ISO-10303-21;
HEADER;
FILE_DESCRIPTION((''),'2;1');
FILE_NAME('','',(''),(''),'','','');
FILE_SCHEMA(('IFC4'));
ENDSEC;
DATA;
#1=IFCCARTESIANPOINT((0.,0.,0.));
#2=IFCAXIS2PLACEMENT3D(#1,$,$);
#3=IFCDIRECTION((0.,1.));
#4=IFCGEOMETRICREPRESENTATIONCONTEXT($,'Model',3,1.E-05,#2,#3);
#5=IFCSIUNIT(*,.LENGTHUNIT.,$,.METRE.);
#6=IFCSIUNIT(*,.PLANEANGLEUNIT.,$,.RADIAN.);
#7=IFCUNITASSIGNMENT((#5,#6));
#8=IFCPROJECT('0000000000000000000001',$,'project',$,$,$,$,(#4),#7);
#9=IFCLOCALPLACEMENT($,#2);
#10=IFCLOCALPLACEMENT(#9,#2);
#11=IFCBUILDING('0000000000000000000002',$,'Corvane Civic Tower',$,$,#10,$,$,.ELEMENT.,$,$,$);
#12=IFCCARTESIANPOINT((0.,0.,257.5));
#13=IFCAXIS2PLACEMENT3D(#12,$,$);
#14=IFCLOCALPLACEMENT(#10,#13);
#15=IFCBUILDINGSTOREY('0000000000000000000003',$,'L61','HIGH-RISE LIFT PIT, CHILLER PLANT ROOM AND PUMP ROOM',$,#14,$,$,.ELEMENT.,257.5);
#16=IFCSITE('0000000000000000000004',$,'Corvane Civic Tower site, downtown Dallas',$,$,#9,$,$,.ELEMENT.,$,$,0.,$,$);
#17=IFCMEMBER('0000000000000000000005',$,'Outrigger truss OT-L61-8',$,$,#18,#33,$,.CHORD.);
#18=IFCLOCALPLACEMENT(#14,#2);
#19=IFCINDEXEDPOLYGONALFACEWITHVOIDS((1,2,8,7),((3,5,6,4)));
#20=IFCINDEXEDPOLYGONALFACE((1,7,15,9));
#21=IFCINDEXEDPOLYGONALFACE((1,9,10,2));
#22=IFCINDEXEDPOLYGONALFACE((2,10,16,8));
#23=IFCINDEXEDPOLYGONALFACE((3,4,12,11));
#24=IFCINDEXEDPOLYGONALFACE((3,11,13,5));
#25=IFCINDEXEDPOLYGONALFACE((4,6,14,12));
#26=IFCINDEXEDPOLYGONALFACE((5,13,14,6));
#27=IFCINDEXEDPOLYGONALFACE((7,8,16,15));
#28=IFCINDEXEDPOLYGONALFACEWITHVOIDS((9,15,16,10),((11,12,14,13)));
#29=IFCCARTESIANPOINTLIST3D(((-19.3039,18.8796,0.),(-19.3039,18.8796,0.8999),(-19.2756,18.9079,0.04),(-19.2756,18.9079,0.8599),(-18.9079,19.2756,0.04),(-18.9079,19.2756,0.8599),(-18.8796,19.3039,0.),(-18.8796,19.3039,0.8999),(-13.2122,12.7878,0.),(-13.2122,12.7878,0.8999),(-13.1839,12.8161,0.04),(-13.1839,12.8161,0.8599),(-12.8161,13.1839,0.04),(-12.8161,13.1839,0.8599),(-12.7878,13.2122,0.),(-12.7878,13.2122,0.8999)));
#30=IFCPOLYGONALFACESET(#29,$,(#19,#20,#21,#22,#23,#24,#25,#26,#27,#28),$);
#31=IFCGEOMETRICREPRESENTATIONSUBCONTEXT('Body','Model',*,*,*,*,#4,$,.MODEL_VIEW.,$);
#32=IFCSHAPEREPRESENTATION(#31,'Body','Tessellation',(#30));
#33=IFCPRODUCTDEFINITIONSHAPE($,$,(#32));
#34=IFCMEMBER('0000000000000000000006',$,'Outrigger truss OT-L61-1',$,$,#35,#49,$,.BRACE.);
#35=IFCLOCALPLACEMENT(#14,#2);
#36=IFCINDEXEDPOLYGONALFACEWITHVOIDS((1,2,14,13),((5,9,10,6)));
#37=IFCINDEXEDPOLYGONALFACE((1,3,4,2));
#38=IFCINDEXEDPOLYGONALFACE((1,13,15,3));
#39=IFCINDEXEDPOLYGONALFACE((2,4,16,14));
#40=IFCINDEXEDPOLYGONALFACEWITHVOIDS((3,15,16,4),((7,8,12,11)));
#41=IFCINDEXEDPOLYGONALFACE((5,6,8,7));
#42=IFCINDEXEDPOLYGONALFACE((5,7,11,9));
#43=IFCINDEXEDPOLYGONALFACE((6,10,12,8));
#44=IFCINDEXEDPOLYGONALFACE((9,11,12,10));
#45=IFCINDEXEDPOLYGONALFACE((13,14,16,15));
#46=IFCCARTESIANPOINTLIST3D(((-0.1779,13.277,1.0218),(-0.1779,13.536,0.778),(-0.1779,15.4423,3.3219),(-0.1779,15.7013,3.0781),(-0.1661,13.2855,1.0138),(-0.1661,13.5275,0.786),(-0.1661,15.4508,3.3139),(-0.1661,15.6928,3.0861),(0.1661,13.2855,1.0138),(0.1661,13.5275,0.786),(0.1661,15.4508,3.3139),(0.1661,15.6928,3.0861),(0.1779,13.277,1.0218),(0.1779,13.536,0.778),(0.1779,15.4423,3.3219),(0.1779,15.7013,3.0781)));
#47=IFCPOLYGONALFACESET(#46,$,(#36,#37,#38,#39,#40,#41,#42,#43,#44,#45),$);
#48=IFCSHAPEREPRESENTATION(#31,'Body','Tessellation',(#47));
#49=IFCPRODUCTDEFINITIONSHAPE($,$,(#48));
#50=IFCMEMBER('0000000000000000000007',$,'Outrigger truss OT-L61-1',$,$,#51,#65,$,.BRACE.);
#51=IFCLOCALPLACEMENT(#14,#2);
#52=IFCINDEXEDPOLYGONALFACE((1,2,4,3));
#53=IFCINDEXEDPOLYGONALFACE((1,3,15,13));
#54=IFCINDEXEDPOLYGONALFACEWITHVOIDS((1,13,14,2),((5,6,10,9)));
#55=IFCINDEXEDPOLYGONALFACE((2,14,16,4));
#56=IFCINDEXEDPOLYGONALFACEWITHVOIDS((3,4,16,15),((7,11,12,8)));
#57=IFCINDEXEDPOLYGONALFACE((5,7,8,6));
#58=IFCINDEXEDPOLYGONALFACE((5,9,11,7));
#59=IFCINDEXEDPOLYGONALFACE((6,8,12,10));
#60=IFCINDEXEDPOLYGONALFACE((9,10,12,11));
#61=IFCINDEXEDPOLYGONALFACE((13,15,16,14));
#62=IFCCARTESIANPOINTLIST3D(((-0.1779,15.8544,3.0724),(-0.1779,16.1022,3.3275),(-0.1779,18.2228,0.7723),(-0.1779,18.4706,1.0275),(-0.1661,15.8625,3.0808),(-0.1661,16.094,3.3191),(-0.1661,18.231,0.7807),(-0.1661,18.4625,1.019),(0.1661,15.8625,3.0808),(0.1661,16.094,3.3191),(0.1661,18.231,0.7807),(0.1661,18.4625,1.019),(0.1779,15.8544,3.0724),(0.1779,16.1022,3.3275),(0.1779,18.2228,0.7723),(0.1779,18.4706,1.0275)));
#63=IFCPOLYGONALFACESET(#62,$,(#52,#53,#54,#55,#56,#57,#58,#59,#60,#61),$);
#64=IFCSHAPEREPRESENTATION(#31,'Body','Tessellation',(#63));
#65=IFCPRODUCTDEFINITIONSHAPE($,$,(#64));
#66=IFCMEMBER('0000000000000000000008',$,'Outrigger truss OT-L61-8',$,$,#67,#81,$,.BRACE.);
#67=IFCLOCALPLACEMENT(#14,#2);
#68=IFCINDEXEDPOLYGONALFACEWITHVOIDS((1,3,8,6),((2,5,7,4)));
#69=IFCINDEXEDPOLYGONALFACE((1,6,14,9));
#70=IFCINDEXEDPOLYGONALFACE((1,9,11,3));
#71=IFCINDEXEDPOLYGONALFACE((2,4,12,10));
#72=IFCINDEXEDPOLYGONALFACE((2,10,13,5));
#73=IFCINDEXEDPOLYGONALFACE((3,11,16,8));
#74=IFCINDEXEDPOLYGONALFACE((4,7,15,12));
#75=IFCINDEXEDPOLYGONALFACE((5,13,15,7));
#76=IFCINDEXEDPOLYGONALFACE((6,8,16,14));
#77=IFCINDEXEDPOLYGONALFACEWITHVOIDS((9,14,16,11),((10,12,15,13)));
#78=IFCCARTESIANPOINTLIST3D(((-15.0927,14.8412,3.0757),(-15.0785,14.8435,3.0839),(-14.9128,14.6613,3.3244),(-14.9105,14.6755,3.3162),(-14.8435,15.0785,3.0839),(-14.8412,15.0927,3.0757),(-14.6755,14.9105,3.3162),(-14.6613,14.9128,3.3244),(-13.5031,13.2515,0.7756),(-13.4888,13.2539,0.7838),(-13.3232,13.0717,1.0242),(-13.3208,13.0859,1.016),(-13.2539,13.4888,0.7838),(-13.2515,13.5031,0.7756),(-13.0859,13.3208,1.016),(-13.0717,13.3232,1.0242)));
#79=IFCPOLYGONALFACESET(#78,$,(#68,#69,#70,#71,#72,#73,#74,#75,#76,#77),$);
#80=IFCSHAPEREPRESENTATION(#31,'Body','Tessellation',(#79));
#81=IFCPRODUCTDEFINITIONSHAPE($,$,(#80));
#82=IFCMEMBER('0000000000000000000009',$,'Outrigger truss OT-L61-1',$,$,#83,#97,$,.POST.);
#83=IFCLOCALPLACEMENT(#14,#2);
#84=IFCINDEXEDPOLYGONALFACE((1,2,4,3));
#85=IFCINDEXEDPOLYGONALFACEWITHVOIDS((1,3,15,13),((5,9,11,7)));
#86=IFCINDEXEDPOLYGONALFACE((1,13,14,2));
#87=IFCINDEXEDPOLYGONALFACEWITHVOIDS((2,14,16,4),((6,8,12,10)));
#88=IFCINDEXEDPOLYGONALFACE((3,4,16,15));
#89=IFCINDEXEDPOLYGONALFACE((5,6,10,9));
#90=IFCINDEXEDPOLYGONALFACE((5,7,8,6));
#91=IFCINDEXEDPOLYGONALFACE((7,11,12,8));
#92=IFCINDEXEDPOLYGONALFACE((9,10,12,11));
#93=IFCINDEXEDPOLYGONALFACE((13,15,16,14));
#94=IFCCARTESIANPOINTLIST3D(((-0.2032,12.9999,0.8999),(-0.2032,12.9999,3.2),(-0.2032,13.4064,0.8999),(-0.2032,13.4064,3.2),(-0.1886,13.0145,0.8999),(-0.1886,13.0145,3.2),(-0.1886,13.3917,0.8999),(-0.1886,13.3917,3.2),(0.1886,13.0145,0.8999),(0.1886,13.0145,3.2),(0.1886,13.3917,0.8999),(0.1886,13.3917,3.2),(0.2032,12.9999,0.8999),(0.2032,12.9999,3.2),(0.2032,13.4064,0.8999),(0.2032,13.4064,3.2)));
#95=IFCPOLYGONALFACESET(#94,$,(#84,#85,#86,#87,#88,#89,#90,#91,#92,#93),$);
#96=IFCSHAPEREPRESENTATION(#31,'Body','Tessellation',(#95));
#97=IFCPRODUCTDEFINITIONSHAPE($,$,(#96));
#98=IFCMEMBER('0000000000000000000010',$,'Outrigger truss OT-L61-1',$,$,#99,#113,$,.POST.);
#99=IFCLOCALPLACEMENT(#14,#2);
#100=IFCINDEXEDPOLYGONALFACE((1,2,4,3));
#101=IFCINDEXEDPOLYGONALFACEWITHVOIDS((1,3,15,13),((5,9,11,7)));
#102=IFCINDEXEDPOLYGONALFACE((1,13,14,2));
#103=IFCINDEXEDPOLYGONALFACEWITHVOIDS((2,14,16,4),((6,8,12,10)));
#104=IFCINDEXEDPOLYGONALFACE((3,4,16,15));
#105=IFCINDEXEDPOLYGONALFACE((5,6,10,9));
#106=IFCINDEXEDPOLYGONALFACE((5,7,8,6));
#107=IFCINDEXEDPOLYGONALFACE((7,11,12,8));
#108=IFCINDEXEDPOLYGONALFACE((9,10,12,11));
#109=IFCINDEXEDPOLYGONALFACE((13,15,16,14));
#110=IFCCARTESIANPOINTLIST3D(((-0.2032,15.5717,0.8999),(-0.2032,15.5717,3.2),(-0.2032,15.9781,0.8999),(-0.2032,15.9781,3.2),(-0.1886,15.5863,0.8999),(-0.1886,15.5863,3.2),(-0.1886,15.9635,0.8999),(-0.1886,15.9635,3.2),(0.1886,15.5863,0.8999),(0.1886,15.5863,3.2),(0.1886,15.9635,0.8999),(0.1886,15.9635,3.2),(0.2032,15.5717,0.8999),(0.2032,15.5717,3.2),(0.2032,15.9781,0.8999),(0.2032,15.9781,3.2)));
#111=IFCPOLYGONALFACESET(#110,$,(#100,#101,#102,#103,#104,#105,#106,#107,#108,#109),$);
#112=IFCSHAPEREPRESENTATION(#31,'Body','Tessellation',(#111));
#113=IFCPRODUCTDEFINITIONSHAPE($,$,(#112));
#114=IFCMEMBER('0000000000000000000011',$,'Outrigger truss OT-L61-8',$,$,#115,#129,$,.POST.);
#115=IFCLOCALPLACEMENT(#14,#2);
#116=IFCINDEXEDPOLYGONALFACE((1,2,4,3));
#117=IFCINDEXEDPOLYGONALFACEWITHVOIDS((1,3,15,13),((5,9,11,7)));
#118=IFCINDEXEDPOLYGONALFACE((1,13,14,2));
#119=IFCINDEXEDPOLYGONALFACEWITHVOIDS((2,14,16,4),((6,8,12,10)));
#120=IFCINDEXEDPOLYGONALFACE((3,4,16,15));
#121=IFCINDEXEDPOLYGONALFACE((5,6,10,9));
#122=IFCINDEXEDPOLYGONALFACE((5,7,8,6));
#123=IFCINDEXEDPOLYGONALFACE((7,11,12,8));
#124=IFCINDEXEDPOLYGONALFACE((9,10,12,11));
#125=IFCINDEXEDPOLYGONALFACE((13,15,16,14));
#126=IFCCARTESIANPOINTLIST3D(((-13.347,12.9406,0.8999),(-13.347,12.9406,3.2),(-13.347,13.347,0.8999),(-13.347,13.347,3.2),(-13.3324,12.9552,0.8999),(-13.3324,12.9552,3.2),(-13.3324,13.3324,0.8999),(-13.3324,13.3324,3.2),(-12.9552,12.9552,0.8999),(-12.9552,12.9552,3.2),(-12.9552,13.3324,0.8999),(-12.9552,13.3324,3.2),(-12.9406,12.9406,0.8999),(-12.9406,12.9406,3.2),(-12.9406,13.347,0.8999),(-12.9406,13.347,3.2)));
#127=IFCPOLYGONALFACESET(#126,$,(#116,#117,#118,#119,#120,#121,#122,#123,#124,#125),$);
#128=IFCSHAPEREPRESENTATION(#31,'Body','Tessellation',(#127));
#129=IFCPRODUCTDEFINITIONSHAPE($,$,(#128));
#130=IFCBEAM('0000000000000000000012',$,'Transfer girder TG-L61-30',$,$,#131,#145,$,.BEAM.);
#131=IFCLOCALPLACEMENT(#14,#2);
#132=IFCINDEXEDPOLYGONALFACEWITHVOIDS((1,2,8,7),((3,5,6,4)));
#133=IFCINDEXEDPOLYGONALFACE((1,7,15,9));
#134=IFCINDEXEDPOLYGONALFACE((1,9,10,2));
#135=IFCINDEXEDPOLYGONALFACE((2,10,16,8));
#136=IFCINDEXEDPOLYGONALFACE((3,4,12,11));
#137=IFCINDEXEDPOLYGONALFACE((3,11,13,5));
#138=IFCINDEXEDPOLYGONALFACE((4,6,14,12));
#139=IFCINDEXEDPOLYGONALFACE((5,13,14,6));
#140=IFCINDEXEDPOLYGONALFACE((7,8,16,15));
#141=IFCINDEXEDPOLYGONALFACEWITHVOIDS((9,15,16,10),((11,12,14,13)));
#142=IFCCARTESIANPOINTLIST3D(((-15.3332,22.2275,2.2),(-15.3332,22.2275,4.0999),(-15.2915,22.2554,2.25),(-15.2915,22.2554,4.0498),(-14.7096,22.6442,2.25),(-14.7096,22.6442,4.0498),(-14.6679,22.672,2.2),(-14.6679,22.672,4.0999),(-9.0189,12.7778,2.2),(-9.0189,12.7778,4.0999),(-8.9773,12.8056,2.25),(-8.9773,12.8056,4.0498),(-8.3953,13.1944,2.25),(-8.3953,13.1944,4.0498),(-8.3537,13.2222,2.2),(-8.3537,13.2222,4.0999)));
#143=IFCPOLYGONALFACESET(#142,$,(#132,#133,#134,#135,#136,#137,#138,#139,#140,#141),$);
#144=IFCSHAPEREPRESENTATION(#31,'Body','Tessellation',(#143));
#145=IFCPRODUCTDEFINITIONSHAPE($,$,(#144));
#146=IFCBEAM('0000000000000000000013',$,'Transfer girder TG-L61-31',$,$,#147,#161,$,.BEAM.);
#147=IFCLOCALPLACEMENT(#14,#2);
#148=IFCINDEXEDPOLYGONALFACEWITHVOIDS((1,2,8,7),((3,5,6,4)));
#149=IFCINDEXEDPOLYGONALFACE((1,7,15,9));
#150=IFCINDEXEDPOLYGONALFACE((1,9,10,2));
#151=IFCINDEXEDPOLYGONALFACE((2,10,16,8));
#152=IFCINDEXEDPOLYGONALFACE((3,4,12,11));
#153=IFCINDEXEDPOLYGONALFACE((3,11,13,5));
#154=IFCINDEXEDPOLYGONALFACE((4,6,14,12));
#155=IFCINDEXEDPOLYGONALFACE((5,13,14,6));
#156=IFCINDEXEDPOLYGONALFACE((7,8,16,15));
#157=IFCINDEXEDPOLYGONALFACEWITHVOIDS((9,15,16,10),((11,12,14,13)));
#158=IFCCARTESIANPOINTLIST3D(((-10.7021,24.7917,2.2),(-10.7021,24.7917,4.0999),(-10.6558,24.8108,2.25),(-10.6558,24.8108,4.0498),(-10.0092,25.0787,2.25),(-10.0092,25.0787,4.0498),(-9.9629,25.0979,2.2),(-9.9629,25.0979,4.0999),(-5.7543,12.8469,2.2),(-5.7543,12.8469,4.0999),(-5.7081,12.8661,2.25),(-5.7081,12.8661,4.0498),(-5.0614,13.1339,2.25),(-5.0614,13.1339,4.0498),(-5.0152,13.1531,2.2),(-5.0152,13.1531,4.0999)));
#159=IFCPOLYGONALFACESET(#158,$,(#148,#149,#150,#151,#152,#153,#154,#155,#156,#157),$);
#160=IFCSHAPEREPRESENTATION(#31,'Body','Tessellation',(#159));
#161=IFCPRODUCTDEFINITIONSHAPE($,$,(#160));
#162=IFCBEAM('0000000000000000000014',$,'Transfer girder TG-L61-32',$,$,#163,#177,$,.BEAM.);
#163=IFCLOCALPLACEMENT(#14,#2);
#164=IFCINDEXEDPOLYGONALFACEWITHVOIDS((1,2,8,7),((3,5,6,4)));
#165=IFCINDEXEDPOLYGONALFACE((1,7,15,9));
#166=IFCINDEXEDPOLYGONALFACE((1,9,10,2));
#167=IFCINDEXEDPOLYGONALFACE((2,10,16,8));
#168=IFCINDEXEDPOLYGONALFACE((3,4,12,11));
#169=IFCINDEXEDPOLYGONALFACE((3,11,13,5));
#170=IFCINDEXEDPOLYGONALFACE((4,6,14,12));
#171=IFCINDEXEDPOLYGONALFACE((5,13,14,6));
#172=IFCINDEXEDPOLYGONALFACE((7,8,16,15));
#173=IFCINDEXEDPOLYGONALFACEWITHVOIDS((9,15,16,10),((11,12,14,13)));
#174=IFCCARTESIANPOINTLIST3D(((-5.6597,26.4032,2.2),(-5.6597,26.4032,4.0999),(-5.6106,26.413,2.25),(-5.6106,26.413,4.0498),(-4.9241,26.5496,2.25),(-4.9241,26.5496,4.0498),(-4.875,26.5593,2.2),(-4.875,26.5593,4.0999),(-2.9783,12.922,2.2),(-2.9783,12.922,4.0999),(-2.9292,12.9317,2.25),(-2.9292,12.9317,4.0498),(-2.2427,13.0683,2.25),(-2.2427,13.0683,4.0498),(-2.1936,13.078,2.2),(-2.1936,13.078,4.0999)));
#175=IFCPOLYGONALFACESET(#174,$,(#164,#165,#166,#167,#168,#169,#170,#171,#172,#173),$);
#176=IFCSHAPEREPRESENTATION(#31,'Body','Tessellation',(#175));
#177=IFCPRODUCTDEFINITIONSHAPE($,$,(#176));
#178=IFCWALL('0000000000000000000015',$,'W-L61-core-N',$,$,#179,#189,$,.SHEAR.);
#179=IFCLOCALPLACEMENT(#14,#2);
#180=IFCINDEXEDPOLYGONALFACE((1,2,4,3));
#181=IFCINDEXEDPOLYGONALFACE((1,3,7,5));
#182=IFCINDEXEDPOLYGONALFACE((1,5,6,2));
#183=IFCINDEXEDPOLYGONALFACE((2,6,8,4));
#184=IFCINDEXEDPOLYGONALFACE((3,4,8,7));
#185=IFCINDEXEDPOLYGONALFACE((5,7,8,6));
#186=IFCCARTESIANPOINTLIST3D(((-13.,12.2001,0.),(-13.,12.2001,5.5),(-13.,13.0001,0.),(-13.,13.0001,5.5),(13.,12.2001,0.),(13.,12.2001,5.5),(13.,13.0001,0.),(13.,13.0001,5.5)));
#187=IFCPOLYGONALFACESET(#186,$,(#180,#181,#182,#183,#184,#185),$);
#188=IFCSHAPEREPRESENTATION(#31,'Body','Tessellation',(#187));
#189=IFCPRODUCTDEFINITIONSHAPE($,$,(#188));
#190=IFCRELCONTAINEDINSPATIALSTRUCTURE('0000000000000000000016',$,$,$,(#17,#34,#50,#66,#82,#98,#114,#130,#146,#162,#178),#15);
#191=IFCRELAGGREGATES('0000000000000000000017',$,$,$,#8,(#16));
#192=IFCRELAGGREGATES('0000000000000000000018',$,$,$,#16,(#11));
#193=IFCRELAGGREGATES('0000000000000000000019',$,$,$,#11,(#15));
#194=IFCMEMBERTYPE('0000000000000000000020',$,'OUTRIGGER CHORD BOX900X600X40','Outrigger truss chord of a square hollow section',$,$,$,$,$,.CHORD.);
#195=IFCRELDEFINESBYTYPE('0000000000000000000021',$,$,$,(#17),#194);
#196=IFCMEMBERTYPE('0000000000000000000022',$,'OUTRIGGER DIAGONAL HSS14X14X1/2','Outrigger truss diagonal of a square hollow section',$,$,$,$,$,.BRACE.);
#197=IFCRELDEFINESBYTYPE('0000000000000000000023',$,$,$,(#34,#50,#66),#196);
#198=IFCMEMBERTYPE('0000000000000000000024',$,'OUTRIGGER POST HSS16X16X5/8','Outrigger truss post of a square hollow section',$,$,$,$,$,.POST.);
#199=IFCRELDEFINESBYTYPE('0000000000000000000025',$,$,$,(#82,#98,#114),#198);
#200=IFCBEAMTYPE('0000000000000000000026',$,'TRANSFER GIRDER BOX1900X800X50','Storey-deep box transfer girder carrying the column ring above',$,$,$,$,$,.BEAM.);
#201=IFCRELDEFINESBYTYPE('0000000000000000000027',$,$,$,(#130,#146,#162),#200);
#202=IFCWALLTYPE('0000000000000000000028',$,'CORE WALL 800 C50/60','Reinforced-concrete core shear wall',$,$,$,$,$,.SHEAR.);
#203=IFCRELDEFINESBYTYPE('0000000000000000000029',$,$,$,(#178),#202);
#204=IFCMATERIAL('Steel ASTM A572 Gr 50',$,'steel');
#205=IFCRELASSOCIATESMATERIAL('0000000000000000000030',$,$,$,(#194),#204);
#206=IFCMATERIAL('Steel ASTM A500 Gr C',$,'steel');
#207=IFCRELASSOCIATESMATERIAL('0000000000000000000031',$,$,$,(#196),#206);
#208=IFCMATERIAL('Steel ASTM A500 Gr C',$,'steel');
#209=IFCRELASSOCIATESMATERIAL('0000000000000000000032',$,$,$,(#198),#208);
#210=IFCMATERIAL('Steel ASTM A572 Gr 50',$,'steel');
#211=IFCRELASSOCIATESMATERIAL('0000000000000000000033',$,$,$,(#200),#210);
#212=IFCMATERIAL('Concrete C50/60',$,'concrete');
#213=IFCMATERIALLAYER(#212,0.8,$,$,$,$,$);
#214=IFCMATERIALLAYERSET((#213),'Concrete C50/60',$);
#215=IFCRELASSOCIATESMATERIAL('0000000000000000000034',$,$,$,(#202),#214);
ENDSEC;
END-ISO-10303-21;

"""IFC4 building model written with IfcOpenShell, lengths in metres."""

from ifc_helpers import new_model, si_unit, direction, frame, frame_2d, origin, origin_2d, place, context, subcontext, project, spatial, rectangle, hollow_rectangle, extrude, material, layer, layer_set, material_profile, profile_set, type_object, element, save


model = new_model("IFC4")

# Units and contexts
model_context = context("Model", 3, precision=1e-05, world=origin(), true_north=direction((0.0, 1.0)))
body_context = subcontext(model_context, "Body", "Model", "MODEL_VIEW")
ifc_project = project(units=[si_unit("LENGTHUNIT", "METRE"), si_unit("PLANEANGLEUNIT", "RADIAN")], contexts=[model_context])

# Site, building, storey
site_placement = place(None, origin())
site = spatial("IfcSite", under=ifc_project, at=site_placement, Name="Corvane Civic Tower site, downtown Dallas", CompositionType="ELEMENT", RefElevation=0.0)
building_placement = place(site_placement, origin())
building = spatial("IfcBuilding", under=site, at=building_placement, Name="Corvane Civic Tower", CompositionType="ELEMENT")
storey_placement = place(building_placement, frame((0.0, 0.0, 257.5)))
storey = spatial("IfcBuildingStorey", under=building, at=storey_placement, Name="L61", Description="HIGH-RISE LIFT PIT, CHILLER PLANT ROOM AND PUMP ROOM", CompositionType="ELEMENT", Elevation=257.5)

# Members
ifc_material_1 = material(Name="Steel ASTM A572 Gr 50", Category="steel")
ifc_material_profile_1 = material_profile(ifc_material_1, hollow_rectangle(XDim=0.6001, YDim=0.8999, WallThickness=0.04, at=origin_2d()), Name="BOX900X600X40")
ifc_profile_set_1 = profile_set([ifc_material_profile_1], Name="Steel ASTM A572 Gr 50")
member_type_1 = type_object("IfcMemberType", Name="OUTRIGGER CHORD BOX900X600X40", Description="Outrigger truss chord of a square hollow section", PredefinedType="CHORD", material=ifc_profile_set_1)
member_1_placement = place(storey_placement, frame((-13.0, 13.0, 0.45), z_axis=(-0.707107, 0.707107, 0.0), x_axis=(-0.707107, -0.707107, 0.0)))
element("IfcMember", 1, at=member_1_placement, inside=storey, type_object=member_type_1, Name="Outrigger truss OT-L61-8", PredefinedType="CHORD", context=body_context, shape_type="SweptSolid", body=[
    extrude(hollow_rectangle(XDim=0.6001, YDim=0.8999, WallThickness=0.04, at=origin_2d()), origin(), (0.0, 0.0, 1.0), 8.615),
])
ifc_material_2 = material(Name="Steel ASTM A500 Gr C", Category="steel")
ifc_material_profile_2 = material_profile(ifc_material_2, hollow_rectangle(XDim=0.3557, YDim=0.3557, WallThickness=0.0117, at=origin_2d()), Name="HSS14X14X1/2")
ifc_profile_set_2 = profile_set([ifc_material_profile_2], Name="Steel ASTM A500 Gr C")
member_type_2 = type_object("IfcMemberType", Name="OUTRIGGER DIAGONAL HSS14X14X1/2", Description="Outrigger truss diagonal of a square hollow section", PredefinedType="BRACE", material=ifc_profile_set_2)
member_2_placement = place(storey_placement, frame((0.0, 13.4065, 0.8999), z_axis=(0.0, 0.685454, 0.728116), x_axis=(-1.0, 0.0, 0.0)))
element("IfcMember", 2, at=member_2_placement, inside=storey, type_object=member_type_2, Name="Outrigger truss OT-L61-1", PredefinedType="BRACE", context=body_context, shape_type="SweptSolid", body=[
    extrude(hollow_rectangle(XDim=0.3557, YDim=0.3557, WallThickness=0.0117, at=origin_2d()), origin(), (0.0, 0.0, 1.0), 3.1589),
])
member_3_placement = place(storey_placement, frame((0.0, 15.9783, 3.2), z_axis=(0.0, 0.717384, -0.696678), x_axis=(-1.0, 0.0, 0.0)))
element("IfcMember", 3, at=member_3_placement, inside=storey, type_object=member_type_2, Name="Outrigger truss OT-L61-1", PredefinedType="BRACE", context=body_context, shape_type="SweptSolid", body=[
    extrude(hollow_rectangle(XDim=0.3557, YDim=0.3557, WallThickness=0.0117, at=origin_2d()), origin(), (0.0, 0.0, 1.0), 3.3015),
])
member_4_placement = place(storey_placement, frame((-13.2874, 13.2874, 0.8999), z_axis=(-0.494249, 0.494249, 0.715147), x_axis=(-0.707107, -0.707107, 0.0)))
element("IfcMember", 4, at=member_4_placement, inside=storey, type_object=member_type_2, Name="Outrigger truss OT-L61-8", PredefinedType="BRACE", context=body_context, shape_type="SweptSolid", body=[
    extrude(hollow_rectangle(XDim=0.3557, YDim=0.3557, WallThickness=0.0117, at=origin_2d()), origin(), (0.0, 0.0, 1.0), 3.2163),
])
ifc_material_3 = material(Name="Steel ASTM A500 Gr C", Category="steel")
ifc_material_profile_3 = material_profile(ifc_material_3, hollow_rectangle(XDim=0.4065, YDim=0.4065, WallThickness=0.0146, at=origin_2d()), Name="HSS16X16X5/8")
ifc_profile_set_3 = profile_set([ifc_material_profile_3], Name="Steel ASTM A500 Gr C")
member_type_3 = type_object("IfcMemberType", Name="OUTRIGGER POST HSS16X16X5/8", Description="Outrigger truss post of a square hollow section", PredefinedType="POST", material=ifc_profile_set_3)
for number, where, z_axis, x_axis, name in (
    (5, (0.0, 13.2031, 0.8999), (0.0, 0.0, 1.0), (1.0, 0.0, 0.0), "Outrigger truss OT-L61-1"),
    (6, (0.0, 15.7749, 0.8999), (0.0, 0.0, 1.0), (1.0, 0.0, 0.0), "Outrigger truss OT-L61-1"),
    (7, (-13.1438, 13.1438, 0.8999), (0.0, 0.0, 1.0), (1.0, 0.0, 0.0), "Outrigger truss OT-L61-8"),
):
    element("IfcMember", number, at=place(storey_placement, frame(where, z_axis=z_axis, x_axis=x_axis)), inside=storey, type_object=member_type_3, Name=name, PredefinedType="POST", context=body_context, shape_type="SweptSolid", body=[
        extrude(hollow_rectangle(XDim=0.4065, YDim=0.4065, WallThickness=0.0146, at=origin_2d()), origin(), (0.0, 0.0, 1.0), 2.3),
    ])

# Beams
ifc_material_4 = material(Name="Steel ASTM A572 Gr 50", Category="steel")
ifc_material_profile_4 = material_profile(ifc_material_4, hollow_rectangle(XDim=0.8, YDim=1.8999, WallThickness=0.05, at=origin_2d()), Name="BOX1900X800X50")
ifc_profile_set_4 = profile_set([ifc_material_profile_4], Name="Steel ASTM A572 Gr 50")
beam_type_1 = type_object("IfcBeamType", Name="TRANSFER GIRDER BOX1900X800X50", Description="Storey-deep box transfer girder carrying the column ring above", PredefinedType="BEAM", material=ifc_profile_set_4)
beam_1_placement = place(storey_placement, frame((-8.6863, 13.0, 3.1499), z_axis=(-0.555577, 0.831465, 0.0), x_axis=(-0.831465, -0.555577, 0.0)))
element("IfcBeam", 8, at=beam_1_placement, inside=storey, type_object=beam_type_1, Name="Transfer girder TG-L61-30", PredefinedType="BEAM", context=body_context, shape_type="SweptSolid", body=[
    extrude(hollow_rectangle(XDim=0.8, YDim=1.8999, WallThickness=0.05, at=origin_2d()), origin(), (0.0, 0.0, 1.0), 11.3652),
])
beam_2_placement = place(storey_placement, frame((-5.3848, 13.0, 3.1499), z_axis=(-0.382686, 0.923878, 0.0), x_axis=(-0.923878, -0.382686, 0.0)))
element("IfcBeam", 9, at=beam_2_placement, inside=storey, type_object=beam_type_1, Name="Transfer girder TG-L61-31", PredefinedType="BEAM", context=body_context, shape_type="SweptSolid", body=[
    extrude(hollow_rectangle(XDim=0.8, YDim=1.8999, WallThickness=0.05, at=origin_2d()), origin(), (0.0, 0.0, 1.0), 12.929),
])
beam_3_placement = place(storey_placement, frame((-2.5859, 13.0, 3.1499), z_axis=(-0.195078, 0.980788, 0.0), x_axis=(-0.980788, -0.195078, 0.0)))
element("IfcBeam", 10, at=beam_3_placement, inside=storey, type_object=beam_type_1, Name="Transfer girder TG-L61-32", PredefinedType="BEAM", context=body_context, shape_type="SweptSolid", body=[
    extrude(hollow_rectangle(XDim=0.8, YDim=1.8999, WallThickness=0.05, at=origin_2d()), origin(), (0.0, 0.0, 1.0), 13.7454),
])

# Wall
ifc_material_5 = material(Name="Concrete C50/60", Category="concrete")
ifc_layer_1 = layer(ifc_material_5, 0.8)
ifc_layer_set_1 = layer_set([ifc_layer_1], Name="Concrete C50/60")
wall_type_1 = type_object("IfcWallType", Name="CORE WALL 800 C50/60", Description="Reinforced-concrete core shear wall", PredefinedType="SHEAR", material=ifc_layer_set_1)
wall_1_placement = place(storey_placement, frame((-13.0, 12.6001, 0.0), z_axis=(0.0, 0.0, 1.0), x_axis=(1.0, 0.0, 0.0)))
element("IfcWall", 11, at=wall_1_placement, inside=storey, type_object=wall_type_1, Name="W-L61-core-N", PredefinedType="SHEAR", context=body_context, shape_type="SweptSolid", body=[
    extrude(rectangle(XDim=26.0, YDim=0.8, at=frame_2d((13.0, 0.0))), origin(), (0.0, 0.0, 1.0), 5.5),
])

save(model, "model.ifc")
